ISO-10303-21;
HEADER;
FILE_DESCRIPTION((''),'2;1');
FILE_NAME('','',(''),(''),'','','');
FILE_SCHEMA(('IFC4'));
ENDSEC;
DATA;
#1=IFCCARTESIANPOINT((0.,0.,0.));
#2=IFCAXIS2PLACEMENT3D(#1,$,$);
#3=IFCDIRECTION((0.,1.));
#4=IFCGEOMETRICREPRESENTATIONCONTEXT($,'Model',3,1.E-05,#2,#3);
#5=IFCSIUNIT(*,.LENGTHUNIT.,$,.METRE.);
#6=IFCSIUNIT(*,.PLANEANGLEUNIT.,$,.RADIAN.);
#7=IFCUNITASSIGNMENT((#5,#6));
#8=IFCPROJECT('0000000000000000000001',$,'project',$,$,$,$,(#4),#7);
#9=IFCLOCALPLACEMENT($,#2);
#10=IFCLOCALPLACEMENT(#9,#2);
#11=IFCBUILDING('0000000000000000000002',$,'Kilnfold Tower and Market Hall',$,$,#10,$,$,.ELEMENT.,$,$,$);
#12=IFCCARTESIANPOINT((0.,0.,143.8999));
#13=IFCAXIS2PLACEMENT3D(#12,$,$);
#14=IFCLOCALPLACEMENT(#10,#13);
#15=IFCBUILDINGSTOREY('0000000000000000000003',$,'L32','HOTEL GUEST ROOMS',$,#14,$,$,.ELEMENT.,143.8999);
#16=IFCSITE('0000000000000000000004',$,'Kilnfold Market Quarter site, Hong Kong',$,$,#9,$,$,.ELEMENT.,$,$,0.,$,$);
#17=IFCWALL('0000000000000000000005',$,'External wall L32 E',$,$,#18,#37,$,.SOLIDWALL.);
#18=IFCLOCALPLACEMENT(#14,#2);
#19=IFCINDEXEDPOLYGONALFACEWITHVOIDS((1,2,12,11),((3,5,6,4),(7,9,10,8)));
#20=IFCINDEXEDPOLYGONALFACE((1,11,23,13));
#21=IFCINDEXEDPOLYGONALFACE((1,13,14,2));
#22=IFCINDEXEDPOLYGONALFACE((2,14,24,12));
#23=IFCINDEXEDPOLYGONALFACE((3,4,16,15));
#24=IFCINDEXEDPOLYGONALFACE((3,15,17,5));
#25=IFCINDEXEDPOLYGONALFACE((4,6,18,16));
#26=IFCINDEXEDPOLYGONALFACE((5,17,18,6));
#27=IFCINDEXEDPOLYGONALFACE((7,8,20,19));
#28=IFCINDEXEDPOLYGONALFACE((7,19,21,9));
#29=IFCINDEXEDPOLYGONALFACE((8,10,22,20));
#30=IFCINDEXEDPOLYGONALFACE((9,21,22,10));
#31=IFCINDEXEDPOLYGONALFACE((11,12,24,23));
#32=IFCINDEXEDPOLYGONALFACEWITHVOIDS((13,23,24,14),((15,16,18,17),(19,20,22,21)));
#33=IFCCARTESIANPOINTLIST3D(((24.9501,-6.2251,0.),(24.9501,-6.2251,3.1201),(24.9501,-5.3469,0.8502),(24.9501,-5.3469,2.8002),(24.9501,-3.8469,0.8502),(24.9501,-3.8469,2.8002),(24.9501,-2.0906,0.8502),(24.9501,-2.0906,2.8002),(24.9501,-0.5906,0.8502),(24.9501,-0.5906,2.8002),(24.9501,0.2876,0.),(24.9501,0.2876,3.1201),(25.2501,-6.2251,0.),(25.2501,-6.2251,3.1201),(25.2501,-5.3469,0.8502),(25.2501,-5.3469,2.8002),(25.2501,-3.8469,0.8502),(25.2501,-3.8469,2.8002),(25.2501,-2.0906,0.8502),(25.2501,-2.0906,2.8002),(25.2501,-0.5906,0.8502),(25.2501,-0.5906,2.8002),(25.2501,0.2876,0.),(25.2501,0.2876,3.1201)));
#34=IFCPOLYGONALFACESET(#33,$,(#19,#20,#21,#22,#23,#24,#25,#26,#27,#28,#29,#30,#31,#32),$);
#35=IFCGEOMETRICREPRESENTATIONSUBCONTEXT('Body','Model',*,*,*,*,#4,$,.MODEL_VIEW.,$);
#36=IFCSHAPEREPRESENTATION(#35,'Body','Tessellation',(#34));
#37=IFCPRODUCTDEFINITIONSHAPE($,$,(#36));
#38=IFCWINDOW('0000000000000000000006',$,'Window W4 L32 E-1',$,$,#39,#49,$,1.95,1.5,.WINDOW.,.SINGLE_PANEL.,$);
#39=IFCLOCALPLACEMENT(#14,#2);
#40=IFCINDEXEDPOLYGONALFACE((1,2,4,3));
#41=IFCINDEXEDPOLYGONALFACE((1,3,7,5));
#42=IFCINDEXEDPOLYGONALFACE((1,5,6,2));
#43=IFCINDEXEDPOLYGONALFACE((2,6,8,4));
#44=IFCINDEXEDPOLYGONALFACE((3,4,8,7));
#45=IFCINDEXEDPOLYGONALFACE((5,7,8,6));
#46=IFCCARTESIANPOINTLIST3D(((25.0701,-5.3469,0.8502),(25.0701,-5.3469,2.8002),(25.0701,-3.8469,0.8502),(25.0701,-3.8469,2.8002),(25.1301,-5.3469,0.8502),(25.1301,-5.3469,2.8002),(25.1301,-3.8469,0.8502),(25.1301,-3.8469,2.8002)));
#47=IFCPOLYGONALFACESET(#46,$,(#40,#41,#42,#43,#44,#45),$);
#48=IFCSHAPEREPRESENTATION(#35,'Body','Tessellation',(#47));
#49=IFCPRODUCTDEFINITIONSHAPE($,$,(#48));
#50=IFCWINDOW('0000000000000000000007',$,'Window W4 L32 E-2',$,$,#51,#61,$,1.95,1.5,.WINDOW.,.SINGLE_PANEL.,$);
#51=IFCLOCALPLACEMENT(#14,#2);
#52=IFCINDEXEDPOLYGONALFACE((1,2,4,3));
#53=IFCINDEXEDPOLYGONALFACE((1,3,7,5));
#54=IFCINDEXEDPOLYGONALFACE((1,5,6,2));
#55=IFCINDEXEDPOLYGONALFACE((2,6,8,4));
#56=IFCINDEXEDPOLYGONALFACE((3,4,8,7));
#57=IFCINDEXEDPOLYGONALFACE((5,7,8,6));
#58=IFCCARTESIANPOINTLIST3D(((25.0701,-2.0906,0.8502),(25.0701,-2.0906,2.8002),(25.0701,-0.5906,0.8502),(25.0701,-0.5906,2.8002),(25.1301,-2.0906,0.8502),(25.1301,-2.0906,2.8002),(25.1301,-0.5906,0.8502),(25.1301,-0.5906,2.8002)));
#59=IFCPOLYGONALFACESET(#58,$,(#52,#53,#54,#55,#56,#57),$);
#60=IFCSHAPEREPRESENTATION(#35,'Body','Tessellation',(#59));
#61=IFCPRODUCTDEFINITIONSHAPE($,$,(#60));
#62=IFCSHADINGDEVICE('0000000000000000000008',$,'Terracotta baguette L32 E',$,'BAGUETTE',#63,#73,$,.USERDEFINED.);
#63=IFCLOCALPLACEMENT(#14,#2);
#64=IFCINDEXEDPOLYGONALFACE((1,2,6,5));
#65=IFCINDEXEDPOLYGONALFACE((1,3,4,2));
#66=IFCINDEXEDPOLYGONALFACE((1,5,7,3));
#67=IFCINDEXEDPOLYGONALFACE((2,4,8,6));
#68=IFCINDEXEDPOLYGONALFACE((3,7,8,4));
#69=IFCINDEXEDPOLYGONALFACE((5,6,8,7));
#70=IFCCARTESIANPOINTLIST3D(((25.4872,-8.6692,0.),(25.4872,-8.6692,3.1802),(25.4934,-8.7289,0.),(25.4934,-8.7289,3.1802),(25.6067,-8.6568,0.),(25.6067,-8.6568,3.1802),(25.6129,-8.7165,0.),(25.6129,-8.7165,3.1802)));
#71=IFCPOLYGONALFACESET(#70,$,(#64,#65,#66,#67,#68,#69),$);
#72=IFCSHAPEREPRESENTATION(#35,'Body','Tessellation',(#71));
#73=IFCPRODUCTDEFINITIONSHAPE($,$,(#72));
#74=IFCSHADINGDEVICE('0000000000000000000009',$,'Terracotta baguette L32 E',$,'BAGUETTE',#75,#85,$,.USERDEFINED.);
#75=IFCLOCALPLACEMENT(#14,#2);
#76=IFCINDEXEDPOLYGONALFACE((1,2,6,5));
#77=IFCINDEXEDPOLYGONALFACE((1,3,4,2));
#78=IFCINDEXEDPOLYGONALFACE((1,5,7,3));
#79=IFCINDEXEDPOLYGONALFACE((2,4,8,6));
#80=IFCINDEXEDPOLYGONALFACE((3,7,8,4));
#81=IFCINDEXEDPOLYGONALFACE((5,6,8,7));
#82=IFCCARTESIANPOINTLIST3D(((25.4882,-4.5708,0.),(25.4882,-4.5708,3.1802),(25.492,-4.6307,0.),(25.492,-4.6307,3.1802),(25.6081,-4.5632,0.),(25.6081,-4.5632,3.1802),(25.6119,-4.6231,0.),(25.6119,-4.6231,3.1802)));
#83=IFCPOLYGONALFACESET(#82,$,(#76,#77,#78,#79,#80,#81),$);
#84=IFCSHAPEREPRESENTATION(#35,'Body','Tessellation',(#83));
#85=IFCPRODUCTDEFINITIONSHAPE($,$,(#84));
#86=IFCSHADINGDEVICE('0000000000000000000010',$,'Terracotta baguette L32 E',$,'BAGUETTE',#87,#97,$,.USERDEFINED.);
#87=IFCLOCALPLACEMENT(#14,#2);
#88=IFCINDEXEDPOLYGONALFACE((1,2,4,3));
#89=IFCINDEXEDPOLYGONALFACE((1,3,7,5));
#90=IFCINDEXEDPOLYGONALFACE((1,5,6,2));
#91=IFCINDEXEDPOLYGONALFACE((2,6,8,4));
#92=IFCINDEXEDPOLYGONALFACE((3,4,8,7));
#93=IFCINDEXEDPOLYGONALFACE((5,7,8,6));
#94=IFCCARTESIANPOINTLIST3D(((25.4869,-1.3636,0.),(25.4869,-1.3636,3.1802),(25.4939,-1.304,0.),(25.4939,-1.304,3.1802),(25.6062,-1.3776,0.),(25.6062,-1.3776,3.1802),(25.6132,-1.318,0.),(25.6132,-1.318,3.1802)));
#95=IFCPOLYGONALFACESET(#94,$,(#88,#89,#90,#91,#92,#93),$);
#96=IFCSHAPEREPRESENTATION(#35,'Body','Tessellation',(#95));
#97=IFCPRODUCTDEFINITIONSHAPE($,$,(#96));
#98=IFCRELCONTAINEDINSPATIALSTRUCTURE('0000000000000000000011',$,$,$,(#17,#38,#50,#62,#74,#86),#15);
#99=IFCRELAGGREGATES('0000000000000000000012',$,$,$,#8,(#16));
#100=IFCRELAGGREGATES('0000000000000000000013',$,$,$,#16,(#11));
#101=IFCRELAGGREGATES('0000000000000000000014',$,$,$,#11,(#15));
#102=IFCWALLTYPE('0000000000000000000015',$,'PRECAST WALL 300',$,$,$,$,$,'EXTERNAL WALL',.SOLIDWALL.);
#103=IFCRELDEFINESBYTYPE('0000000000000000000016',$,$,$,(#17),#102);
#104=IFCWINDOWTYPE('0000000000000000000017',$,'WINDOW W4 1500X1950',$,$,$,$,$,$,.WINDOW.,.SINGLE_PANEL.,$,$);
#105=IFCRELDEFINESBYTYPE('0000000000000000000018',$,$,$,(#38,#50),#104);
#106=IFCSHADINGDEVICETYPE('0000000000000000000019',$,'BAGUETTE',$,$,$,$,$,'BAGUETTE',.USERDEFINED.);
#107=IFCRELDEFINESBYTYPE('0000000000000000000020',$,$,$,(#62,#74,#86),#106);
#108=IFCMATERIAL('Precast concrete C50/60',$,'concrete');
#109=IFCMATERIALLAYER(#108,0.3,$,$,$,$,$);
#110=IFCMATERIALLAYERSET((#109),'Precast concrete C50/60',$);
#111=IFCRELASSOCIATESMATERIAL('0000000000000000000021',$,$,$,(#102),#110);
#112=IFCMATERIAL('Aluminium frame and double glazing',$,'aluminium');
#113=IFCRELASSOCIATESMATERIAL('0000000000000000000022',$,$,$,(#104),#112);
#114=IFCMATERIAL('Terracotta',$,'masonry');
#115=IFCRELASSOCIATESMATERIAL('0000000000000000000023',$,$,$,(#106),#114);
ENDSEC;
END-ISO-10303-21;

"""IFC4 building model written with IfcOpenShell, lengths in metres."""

from ifc_helpers import new_model, si_unit, direction, frame, frame_2d, origin, origin_2d, place, context, subcontext, project, spatial, rectangle, extrude, source, transform, mapped, material, layer, layer_set, material_profile, profile_set, type_object, element, fill, save


model = new_model("IFC4")

# Units and contexts
model_context = context("Model", 3, precision=1e-05, world=origin(), true_north=direction((0.0, 1.0)))
body_context = subcontext(model_context, "Body", "Model", "MODEL_VIEW")
ifc_project = project(units=[si_unit("LENGTHUNIT", "METRE"), si_unit("PLANEANGLEUNIT", "RADIAN")], contexts=[model_context])

# Site, building, storey
site_placement = place(None, origin())
site = spatial("IfcSite", under=ifc_project, at=site_placement, Name="Kilnfold Market Quarter site, Hong Kong", CompositionType="ELEMENT", RefElevation=0.0)
building_placement = place(site_placement, origin())
building = spatial("IfcBuilding", under=site, at=building_placement, Name="Kilnfold Tower and Market Hall", CompositionType="ELEMENT")
storey_placement = place(building_placement, frame((0.0, 0.0, 143.8999)))
storey = spatial("IfcBuildingStorey", under=building, at=storey_placement, Name="L32", Description="HOTEL GUEST ROOMS", CompositionType="ELEMENT", Elevation=143.8999)

# Wall, openings, windows
ifc_material_1 = material(Name="Precast concrete C50/60", Category="concrete")
ifc_layer_1 = layer(ifc_material_1, 0.3)
ifc_layer_set_1 = layer_set([ifc_layer_1], Name="Precast concrete C50/60")
wall_type_1 = type_object("IfcWallType", Name="PRECAST WALL 300", ElementType="EXTERNAL WALL", PredefinedType="SOLIDWALL", material=ifc_layer_set_1)
shared_shape_1 = source(origin(), body_context, "Body", "SweptSolid", [
    extrude(rectangle(XDim=6.5127, YDim=0.3, at=frame_2d((3.2563, 0.0))), origin(), (0.0, 0.0, 1.0), 3.1201),
])
wall_1_placement = place(storey_placement, frame((25.1001, -6.2251, 0.0), z_axis=(0.0, 0.0, 1.0), x_axis=(0.0, 1.0, 0.0)))
wall_1 = element("IfcWall", 1, at=wall_1_placement, inside=storey, type_object=wall_type_1, Name="External wall L32 E", PredefinedType="SOLIDWALL", context=body_context, shape_type="MappedRepresentation", body=[
    mapped(shared_shape_1, transform((0.0, 0.0, 0.0))),
])
opening_1_placement = place(wall_1_placement, frame((0.8782, 0.0, 0.8501)))
opening_1 = element("IfcOpeningElement", 2, at=opening_1_placement, cuts=wall_1, PredefinedType="OPENING", context=body_context, shape_type="SweptSolid", body=[
    extrude(rectangle(XDim=1.5, YDim=1.95, at=frame_2d((0.75, 0.9751))), frame((0.0, 0.1602, 0.0), z_axis=(0.0, -1.0, 0.0), x_axis=(1.0, 0.0, 0.0)), (0.0, 0.0, 1.0), 0.3201),
])
opening_2_placement = place(wall_1_placement, frame((4.1345, 0.0, 0.8501)))
opening_2 = element("IfcOpeningElement", 3, at=opening_2_placement, cuts=wall_1, PredefinedType="OPENING", context=body_context, shape_type="SweptSolid", body=[
    extrude(rectangle(XDim=1.5, YDim=1.95, at=frame_2d((0.75, 0.9751))), frame((0.0, 0.1602, 0.0), z_axis=(0.0, -1.0, 0.0), x_axis=(1.0, 0.0, 0.0)), (0.0, 0.0, 1.0), 0.3201),
])
ifc_material_2 = material(Name="Aluminium frame and double glazing", Category="aluminium")
window_type = type_object("IfcWindowType", Name="WINDOW W4 1500X1950", PartitioningType="SINGLE_PANEL", PredefinedType="WINDOW", material=ifc_material_2)
window_1_placement = place(opening_1_placement, origin())
window_1 = element("IfcWindow", 4, at=window_1_placement, inside=storey, type_object=window_type, Name="Window W4 L32 E-1", OverallHeight=1.95, OverallWidth=1.5, PartitioningType="SINGLE_PANEL", PredefinedType="WINDOW", context=body_context, shape_type="SweptSolid", body=[
    extrude(rectangle(XDim=1.5, YDim=1.95, at=frame_2d((0.75, 0.9751))), frame((0.0, 0.03, 0.0), z_axis=(0.0, -1.0, 0.0), x_axis=(1.0, 0.0, 0.0)), (0.0, 0.0, 1.0), 0.0601),
])
fill(opening_1, window_1)
window_2_placement = place(opening_2_placement, origin())
window_2 = element("IfcWindow", 5, at=window_2_placement, inside=storey, type_object=window_type, Name="Window W4 L32 E-2", OverallHeight=1.95, OverallWidth=1.5, PartitioningType="SINGLE_PANEL", PredefinedType="WINDOW", context=body_context, shape_type="SweptSolid", body=[
    extrude(rectangle(XDim=1.5, YDim=1.95, at=frame_2d((0.75, 0.9751))), frame((0.0, 0.03, 0.0), z_axis=(0.0, -1.0, 0.0), x_axis=(1.0, 0.0, 0.0)), (0.0, 0.0, 1.0), 0.0601),
])
fill(opening_2, window_2)

# Shading devices
ifc_material_3 = material(Name="Terracotta", Category="masonry")
ifc_material_profile_1 = material_profile(ifc_material_3, rectangle(XDim=0.0601, YDim=0.1201, at=origin_2d()), Name="BAG 60x120")
ifc_profile_set_1 = profile_set([ifc_material_profile_1], Name="Terracotta")
shading_device_type = type_object("IfcShadingDeviceType", Name="BAGUETTE", ElementType="BAGUETTE", PredefinedType="USERDEFINED", material=ifc_profile_set_1)
shared_shape_2 = source(origin(), body_context, "Body", "SweptSolid", [
    extrude(rectangle(XDim=0.0601, YDim=0.1201, at=origin_2d()), origin(), (0.0, 0.0, 1.0), 3.1802),
])
for number, where, z_axis, x_axis, name in (
    (6, (25.55, -8.6929, 0.0), (0.0, 0.0, 1.0), (-0.103086, 0.994672, 0.0), "Terracotta baguette L32 E"),
    (7, (25.55, -4.5969, 0.0), (0.0, 0.0, 1.0), (-0.063299, 0.997995, 0.0), "Terracotta baguette L32 E"),
    (8, (25.55, -1.3408, 0.0), (0.0, 0.0, 1.0), (0.116508, 0.99319, 0.0), "Terracotta baguette L32 E"),
):
    element("IfcShadingDevice", number, at=place(storey_placement, frame(where, z_axis=z_axis, x_axis=x_axis)), inside=storey, type_object=shading_device_type, Name=name, ObjectType="BAGUETTE", PredefinedType="USERDEFINED", context=body_context, shape_type="MappedRepresentation", body=[
        mapped(shared_shape_2, transform((0.0, 0.0, 0.0))),
    ])

save(model, "model.ifc")
